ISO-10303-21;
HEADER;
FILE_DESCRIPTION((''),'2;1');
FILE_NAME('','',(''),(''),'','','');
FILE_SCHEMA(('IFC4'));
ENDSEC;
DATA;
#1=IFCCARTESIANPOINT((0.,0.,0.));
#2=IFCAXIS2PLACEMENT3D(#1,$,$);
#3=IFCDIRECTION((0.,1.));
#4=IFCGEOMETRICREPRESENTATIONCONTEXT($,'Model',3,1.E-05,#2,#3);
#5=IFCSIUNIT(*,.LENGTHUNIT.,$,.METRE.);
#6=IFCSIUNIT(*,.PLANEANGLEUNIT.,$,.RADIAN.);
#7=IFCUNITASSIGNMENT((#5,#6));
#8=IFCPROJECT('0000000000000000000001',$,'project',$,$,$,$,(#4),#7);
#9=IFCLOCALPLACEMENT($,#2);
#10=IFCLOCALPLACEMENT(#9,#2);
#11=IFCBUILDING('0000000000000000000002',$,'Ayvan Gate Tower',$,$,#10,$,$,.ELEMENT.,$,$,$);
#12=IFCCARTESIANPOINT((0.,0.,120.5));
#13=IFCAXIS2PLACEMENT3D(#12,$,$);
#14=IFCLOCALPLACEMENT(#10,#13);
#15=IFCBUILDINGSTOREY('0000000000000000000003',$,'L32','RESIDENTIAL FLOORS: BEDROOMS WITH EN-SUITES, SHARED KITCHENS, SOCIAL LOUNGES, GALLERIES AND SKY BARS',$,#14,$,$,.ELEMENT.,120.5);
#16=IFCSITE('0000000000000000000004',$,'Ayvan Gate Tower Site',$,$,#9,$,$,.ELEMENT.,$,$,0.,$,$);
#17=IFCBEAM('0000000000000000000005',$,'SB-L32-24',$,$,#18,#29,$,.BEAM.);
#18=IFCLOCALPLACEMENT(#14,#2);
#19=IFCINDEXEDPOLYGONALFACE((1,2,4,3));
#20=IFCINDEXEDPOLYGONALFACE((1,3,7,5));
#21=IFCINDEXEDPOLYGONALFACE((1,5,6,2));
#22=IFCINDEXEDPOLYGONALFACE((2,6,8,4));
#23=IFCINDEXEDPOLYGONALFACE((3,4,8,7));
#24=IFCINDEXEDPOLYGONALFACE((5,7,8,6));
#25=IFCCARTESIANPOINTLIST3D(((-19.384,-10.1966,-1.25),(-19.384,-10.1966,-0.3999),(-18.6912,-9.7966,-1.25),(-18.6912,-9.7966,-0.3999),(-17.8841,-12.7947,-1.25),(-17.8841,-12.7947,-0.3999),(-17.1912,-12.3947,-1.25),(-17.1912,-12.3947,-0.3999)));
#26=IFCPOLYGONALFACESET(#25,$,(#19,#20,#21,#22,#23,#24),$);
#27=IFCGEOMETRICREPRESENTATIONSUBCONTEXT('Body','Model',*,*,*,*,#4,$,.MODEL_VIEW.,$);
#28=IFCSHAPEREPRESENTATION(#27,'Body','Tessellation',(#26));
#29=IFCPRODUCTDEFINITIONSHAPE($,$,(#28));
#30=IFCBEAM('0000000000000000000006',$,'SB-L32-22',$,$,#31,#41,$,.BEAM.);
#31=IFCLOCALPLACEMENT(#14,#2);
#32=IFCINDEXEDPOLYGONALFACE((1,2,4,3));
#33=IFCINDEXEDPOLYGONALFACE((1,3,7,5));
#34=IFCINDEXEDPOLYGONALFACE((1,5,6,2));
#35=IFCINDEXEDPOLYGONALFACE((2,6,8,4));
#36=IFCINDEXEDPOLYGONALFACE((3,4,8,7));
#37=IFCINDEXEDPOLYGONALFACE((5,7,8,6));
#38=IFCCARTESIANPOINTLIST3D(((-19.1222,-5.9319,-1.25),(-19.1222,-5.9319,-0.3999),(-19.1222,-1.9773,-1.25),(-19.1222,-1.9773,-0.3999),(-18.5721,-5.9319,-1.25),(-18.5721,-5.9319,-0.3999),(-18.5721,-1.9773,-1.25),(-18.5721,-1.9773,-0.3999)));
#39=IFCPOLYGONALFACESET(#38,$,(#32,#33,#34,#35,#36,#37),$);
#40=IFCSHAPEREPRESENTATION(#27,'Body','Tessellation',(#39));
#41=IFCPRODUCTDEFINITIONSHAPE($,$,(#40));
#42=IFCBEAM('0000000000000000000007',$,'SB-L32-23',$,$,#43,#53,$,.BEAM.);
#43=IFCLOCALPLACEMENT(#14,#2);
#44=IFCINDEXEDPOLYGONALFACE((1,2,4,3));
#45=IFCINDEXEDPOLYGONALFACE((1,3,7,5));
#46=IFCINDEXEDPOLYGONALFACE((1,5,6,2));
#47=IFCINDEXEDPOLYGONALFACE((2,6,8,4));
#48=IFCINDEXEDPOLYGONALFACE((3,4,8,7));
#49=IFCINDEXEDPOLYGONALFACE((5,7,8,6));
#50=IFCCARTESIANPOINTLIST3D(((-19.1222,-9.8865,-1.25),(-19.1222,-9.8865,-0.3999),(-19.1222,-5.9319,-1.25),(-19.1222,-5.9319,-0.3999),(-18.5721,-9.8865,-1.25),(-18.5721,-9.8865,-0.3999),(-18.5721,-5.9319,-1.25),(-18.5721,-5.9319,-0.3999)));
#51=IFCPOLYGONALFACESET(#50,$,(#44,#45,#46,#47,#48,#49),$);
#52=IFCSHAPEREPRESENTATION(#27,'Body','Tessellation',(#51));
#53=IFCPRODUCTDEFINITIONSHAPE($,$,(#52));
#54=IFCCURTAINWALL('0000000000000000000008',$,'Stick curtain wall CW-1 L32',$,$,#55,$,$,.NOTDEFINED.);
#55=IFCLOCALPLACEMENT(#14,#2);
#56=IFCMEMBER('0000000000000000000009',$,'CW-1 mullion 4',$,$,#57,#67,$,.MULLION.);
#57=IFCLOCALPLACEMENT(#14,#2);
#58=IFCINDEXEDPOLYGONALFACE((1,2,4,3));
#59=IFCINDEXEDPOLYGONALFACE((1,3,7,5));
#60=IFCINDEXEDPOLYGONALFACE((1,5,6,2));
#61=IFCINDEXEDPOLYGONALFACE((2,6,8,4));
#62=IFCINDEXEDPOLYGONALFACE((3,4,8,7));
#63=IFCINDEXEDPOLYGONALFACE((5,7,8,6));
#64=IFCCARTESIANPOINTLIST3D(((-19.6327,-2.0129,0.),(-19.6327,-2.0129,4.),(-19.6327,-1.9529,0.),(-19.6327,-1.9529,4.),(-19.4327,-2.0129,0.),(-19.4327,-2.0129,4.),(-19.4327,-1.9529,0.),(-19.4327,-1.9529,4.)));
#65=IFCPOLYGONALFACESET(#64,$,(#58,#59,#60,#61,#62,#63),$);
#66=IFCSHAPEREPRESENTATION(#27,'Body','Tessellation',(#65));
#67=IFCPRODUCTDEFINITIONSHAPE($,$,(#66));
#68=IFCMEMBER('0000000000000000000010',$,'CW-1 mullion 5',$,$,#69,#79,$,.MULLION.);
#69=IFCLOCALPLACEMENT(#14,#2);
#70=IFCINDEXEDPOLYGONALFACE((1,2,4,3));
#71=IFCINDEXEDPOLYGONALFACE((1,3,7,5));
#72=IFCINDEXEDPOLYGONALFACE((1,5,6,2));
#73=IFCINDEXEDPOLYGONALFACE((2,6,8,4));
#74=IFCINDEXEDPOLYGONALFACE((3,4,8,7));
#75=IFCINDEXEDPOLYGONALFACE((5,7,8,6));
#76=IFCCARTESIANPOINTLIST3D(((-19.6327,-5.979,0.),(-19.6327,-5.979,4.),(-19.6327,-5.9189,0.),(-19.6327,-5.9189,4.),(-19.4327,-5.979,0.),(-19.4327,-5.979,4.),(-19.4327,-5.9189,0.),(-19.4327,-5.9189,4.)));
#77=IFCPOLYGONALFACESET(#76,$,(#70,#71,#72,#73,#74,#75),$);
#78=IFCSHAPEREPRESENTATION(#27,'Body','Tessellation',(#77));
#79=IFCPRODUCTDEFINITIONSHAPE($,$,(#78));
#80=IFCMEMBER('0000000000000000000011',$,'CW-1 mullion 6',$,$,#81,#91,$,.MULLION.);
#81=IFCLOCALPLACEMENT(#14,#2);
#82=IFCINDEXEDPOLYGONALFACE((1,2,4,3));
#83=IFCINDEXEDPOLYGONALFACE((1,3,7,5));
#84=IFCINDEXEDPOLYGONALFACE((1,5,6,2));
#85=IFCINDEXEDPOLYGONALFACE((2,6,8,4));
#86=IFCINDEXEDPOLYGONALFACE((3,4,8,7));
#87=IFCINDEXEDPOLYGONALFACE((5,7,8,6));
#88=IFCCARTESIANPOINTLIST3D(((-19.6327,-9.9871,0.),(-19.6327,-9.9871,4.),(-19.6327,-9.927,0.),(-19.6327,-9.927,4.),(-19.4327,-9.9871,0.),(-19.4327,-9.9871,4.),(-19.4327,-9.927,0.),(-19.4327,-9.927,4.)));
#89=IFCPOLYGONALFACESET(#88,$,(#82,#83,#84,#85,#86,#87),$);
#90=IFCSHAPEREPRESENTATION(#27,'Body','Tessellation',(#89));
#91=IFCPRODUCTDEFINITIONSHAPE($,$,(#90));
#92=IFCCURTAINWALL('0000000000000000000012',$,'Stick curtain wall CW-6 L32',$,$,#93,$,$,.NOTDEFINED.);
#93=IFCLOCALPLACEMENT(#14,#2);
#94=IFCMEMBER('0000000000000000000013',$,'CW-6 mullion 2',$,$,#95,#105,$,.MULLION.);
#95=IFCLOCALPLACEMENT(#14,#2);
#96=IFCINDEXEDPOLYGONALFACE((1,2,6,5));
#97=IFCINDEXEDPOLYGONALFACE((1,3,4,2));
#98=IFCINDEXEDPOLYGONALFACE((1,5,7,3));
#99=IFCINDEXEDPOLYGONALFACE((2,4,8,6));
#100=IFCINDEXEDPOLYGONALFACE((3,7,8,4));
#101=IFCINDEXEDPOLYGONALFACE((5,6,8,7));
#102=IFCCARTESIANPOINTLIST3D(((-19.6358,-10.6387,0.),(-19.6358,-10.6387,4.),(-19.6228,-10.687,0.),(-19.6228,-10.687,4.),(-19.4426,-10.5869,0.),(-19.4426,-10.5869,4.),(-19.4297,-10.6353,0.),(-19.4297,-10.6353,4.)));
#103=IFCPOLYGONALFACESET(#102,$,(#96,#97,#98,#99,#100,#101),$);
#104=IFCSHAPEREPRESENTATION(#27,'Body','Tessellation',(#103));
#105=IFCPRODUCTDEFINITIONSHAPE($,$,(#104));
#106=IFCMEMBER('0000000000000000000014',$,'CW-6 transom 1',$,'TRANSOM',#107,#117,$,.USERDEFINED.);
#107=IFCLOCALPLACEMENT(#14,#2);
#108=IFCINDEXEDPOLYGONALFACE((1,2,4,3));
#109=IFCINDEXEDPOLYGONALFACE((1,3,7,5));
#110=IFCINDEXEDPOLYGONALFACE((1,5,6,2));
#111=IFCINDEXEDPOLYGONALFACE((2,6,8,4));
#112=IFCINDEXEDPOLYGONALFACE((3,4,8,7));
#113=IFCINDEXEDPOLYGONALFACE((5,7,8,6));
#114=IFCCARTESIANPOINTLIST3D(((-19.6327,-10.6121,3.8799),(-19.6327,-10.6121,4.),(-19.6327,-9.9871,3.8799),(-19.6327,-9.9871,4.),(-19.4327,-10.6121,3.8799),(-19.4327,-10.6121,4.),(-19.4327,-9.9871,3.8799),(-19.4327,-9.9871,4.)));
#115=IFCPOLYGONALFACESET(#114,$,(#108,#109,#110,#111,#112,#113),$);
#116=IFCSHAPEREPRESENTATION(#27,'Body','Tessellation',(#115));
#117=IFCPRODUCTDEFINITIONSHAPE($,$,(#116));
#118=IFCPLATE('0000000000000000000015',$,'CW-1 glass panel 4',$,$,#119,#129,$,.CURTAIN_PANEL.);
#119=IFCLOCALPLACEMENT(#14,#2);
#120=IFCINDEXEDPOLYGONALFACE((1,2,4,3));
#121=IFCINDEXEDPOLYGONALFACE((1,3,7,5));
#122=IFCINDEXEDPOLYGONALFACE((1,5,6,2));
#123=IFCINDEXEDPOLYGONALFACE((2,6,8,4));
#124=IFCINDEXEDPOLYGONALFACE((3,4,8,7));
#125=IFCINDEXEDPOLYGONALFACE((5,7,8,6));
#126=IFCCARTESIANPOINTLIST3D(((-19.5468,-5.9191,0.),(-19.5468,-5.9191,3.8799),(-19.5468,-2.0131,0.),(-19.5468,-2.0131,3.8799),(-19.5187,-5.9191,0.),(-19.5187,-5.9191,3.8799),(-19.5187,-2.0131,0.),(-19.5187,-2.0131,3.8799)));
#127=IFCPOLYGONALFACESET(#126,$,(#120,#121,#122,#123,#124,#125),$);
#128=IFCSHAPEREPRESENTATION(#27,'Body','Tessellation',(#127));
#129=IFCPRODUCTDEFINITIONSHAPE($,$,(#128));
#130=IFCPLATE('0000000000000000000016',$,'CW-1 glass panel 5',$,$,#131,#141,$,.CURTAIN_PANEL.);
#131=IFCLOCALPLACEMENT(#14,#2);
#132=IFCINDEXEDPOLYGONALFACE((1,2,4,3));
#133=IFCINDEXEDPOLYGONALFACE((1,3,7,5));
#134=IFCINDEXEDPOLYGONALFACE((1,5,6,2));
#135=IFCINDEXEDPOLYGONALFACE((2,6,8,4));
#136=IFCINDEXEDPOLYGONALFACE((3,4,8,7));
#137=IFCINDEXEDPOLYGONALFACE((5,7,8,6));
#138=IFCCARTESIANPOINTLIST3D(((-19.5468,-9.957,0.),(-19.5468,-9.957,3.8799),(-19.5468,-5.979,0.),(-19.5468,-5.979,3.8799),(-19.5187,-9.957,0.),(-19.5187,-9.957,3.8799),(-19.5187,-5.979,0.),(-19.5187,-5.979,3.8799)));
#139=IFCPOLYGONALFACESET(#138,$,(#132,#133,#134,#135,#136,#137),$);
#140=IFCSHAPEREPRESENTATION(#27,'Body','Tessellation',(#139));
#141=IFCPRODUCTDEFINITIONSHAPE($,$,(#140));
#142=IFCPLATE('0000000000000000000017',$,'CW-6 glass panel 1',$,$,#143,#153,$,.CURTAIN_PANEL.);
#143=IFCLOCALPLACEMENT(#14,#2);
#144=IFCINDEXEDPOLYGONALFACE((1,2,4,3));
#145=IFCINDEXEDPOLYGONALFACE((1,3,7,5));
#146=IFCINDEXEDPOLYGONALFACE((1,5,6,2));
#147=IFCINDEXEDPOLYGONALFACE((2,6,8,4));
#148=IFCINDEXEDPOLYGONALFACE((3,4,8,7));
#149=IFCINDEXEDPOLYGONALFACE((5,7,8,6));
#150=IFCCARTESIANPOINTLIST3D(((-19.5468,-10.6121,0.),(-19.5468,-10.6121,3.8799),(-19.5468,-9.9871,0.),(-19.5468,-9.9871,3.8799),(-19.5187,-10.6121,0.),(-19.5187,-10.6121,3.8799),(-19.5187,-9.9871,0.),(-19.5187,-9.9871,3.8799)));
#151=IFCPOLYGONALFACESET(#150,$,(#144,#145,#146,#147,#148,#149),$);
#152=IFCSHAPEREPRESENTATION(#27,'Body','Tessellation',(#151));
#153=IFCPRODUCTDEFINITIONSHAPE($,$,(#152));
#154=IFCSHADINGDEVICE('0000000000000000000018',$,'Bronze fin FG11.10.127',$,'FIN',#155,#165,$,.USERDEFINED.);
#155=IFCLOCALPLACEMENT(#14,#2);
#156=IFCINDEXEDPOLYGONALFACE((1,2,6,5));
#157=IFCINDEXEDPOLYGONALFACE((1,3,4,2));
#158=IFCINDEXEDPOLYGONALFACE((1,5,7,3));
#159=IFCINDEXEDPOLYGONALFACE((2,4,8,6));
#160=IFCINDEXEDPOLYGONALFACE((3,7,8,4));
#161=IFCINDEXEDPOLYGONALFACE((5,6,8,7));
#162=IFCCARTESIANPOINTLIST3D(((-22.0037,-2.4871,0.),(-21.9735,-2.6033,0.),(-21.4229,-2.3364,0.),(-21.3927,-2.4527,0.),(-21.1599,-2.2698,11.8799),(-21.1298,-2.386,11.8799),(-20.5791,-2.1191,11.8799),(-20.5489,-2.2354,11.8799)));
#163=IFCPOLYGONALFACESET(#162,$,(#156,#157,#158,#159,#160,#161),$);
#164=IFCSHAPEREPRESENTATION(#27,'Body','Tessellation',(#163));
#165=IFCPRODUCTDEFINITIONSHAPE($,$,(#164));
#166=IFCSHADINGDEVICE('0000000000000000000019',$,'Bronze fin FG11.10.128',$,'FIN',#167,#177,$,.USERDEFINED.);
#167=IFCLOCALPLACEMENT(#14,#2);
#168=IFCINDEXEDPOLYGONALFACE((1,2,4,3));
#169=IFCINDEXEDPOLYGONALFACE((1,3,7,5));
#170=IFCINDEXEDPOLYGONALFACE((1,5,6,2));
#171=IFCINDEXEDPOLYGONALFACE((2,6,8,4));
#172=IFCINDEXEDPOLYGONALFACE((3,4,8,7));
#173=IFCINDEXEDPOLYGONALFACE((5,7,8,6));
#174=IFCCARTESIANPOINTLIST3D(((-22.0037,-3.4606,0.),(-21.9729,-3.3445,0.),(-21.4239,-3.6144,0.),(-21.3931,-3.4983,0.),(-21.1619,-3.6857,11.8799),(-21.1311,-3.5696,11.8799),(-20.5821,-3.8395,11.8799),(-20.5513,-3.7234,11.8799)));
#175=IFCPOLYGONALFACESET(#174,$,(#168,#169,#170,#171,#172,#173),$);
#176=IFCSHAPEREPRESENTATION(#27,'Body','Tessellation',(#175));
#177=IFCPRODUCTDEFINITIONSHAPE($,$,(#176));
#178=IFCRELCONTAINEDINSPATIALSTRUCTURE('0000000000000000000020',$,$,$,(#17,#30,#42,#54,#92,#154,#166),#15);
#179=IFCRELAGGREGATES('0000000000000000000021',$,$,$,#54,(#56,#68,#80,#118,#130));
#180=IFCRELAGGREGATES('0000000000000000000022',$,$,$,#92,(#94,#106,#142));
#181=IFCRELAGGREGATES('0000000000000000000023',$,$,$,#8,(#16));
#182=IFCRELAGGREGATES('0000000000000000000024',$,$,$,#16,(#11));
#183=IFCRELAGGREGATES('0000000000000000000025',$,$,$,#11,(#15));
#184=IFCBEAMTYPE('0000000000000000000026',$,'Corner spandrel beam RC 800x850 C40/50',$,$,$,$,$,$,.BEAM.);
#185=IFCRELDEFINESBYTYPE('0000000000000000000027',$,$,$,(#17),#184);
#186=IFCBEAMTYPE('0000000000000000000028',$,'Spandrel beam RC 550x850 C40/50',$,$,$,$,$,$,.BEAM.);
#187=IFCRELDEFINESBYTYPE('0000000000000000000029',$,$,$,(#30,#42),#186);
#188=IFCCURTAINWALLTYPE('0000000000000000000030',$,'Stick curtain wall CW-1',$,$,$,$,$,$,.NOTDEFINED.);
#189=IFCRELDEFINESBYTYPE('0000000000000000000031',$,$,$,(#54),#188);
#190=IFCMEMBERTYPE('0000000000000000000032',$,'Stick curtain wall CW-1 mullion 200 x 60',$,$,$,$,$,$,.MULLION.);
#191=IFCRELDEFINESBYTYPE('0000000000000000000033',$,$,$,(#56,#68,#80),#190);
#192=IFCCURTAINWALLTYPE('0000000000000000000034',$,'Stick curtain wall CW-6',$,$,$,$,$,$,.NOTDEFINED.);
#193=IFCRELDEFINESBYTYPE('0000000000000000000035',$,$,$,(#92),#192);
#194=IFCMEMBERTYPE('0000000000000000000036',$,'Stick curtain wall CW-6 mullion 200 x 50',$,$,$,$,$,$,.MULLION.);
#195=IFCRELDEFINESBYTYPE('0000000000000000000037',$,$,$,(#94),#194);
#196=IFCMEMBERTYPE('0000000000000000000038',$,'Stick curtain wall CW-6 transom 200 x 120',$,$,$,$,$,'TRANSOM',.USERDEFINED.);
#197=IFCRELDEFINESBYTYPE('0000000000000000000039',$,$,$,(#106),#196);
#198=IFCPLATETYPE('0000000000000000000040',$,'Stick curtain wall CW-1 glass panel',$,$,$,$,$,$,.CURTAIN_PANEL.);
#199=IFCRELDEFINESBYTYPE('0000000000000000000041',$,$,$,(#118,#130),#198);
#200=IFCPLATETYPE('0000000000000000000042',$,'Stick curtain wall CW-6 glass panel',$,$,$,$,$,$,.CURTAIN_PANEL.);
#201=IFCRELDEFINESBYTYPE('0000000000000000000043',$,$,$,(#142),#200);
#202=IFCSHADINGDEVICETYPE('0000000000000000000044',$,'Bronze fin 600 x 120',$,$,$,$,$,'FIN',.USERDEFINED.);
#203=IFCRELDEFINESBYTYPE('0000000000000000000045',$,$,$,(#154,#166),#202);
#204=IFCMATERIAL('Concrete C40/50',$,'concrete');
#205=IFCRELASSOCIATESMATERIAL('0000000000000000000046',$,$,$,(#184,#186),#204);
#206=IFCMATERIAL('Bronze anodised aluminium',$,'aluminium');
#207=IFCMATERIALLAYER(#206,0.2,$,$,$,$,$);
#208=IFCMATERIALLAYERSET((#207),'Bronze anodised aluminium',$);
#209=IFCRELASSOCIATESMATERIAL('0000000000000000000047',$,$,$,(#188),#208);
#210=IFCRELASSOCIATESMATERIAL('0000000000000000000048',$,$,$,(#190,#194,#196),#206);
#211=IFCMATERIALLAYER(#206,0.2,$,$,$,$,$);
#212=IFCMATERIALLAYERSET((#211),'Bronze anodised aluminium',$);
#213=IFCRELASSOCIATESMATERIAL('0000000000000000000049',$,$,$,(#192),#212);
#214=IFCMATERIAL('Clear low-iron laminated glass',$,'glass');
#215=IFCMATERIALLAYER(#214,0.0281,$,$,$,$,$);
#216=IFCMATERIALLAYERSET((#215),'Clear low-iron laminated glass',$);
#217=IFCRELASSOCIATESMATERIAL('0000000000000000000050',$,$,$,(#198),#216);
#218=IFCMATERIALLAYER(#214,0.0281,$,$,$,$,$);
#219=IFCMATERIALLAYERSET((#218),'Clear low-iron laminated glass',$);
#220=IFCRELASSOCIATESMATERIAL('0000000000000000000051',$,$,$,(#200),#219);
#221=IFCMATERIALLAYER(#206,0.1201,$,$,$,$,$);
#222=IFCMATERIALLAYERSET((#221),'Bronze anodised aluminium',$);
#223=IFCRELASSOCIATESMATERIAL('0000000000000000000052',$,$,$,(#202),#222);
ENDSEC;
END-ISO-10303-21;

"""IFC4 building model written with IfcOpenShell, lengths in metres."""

from ifc_helpers import new_model, si_unit, direction, frame, origin, origin_2d, place, context, subcontext, project, spatial, polyline, rectangle, outline, extrude, material, layer, layer_set, material_profile, profile_set, type_object, element, aggregate, save


model = new_model("IFC4")

# Units and contexts
model_context = context("Model", 3, precision=1e-05, world=origin(), true_north=direction((0.0, 1.0)))
body_context = subcontext(model_context, "Body", "Model", "MODEL_VIEW")
ifc_project = project(units=[si_unit("LENGTHUNIT", "METRE"), si_unit("PLANEANGLEUNIT", "RADIAN")], contexts=[model_context])

# Site, building, storey
site_placement = place(None, origin())
site = spatial("IfcSite", under=ifc_project, at=site_placement, Name="Ayvan Gate Tower Site", CompositionType="ELEMENT", RefElevation=0.0)
building_placement = place(site_placement, origin())
building = spatial("IfcBuilding", under=site, at=building_placement, Name="Ayvan Gate Tower", CompositionType="ELEMENT")
storey_placement = place(building_placement, frame((0.0, 0.0, 120.5)))
storey = spatial("IfcBuildingStorey", under=building, at=storey_placement, Name="L32", Description="RESIDENTIAL FLOORS: BEDROOMS WITH EN-SUITES, SHARED KITCHENS, SOCIAL LOUNGES, GALLERIES AND SKY BARS", CompositionType="ELEMENT", Elevation=120.5)

# Beams
ifc_material_1 = material(Name="Concrete C40/50", Category="concrete")
ifc_material_profile_1 = material_profile(ifc_material_1, rectangle(XDim=0.8, YDim=0.8501, at=origin_2d()), Name="RC 800x850")
ifc_profile_set_1 = profile_set([ifc_material_profile_1], Name="Concrete C40/50")
beam_type_1 = type_object("IfcBeamType", Name="Corner spandrel beam RC 800x850 C40/50", PredefinedType="BEAM", material=ifc_profile_set_1)
beam_placement = place(storey_placement, frame((-19.0376, -9.9966, -0.825), z_axis=(0.49999, -0.866031, 0.0), x_axis=(0.866031, 0.49999, 0.0)))
element("IfcBeam", 1, at=beam_placement, inside=storey, type_object=beam_type_1, Name="SB-L32-24", PredefinedType="BEAM", context=body_context, shape_type="SweptSolid", body=[
    extrude(rectangle(XDim=0.8, YDim=0.8501, at=origin_2d()), origin(), (0.0, 0.0, 1.0), 3.0),
])
ifc_material_profile_2 = material_profile(ifc_material_1, rectangle(XDim=0.55, YDim=0.8501, at=origin_2d()), Name="RC 550x850")
ifc_profile_set_2 = profile_set([ifc_material_profile_2], Name="Concrete C40/50")
beam_type_2 = type_object("IfcBeamType", Name="Spandrel beam RC 550x850 C40/50", PredefinedType="BEAM", material=ifc_profile_set_2)
for number, where, z_axis, x_axis, name in (
    (2, (-18.8472, -1.9773, -0.825), (0.0, -1.0, 0.0), (1.0, 0.0, 0.0), "SB-L32-22"),
    (3, (-18.8472, -5.9319, -0.825), (0.0, -1.0, 0.0), (1.0, 0.0, 0.0), "SB-L32-23"),
):
    element("IfcBeam", number, at=place(storey_placement, frame(where, z_axis=z_axis, x_axis=x_axis)), inside=storey, type_object=beam_type_2, Name=name, PredefinedType="BEAM", context=body_context, shape_type="SweptSolid", body=[
        extrude(rectangle(XDim=0.55, YDim=0.8501, at=origin_2d()), origin(), (0.0, 0.0, 1.0), 3.9546),
    ])

# Curtain walls, members
ifc_material_2 = material(Name="Bronze anodised aluminium", Category="aluminium")
ifc_layer_1 = layer(ifc_material_2, 0.2)
ifc_layer_set_1 = layer_set([ifc_layer_1], Name="Bronze anodised aluminium")
curtain_wall_type_1 = type_object("IfcCurtainWallType", Name="Stick curtain wall CW-1", PredefinedType="NOTDEFINED", material=ifc_layer_set_1)
curtain_wall_1_placement = place(storey_placement, origin())
curtain_wall_1 = element("IfcCurtainWall", 4, at=curtain_wall_1_placement, inside=storey, type_object=curtain_wall_type_1, Name="Stick curtain wall CW-1 L32", PredefinedType="NOTDEFINED")
ifc_material_profile_3 = material_profile(ifc_material_2, rectangle(XDim=0.2, YDim=0.0601, at=origin_2d()), Name="Stick curtain wall CW-1 mullion 200 x 60")
ifc_profile_set_3 = profile_set([ifc_material_profile_3], Name="Bronze anodised aluminium")
member_type_1 = type_object("IfcMemberType", Name="Stick curtain wall CW-1 mullion 200 x 60", PredefinedType="MULLION", material=ifc_profile_set_3)
member_1_placement = place(storey_placement, frame((-19.5327, -1.9829, 0.0), z_axis=(0.0, 0.0, 1.0), x_axis=(-1.0, 0.0, 0.0)))
member_1 = element("IfcMember", 5, at=member_1_placement, type_object=member_type_1, Name="CW-1 mullion 4", PredefinedType="MULLION", context=body_context, shape_type="SweptSolid", body=[
    extrude(rectangle(XDim=0.2, YDim=0.0601, at=origin_2d()), origin(), (0.0, 0.0, 1.0), 4.0),
])
member_2_placement = place(storey_placement, frame((-19.5327, -5.949, 0.0), z_axis=(0.0, 0.0, 1.0), x_axis=(-1.0, 0.0, 0.0)))
member_2 = element("IfcMember", 6, at=member_2_placement, type_object=member_type_1, Name="CW-1 mullion 5", PredefinedType="MULLION", context=body_context, shape_type="SweptSolid", body=[
    extrude(rectangle(XDim=0.2, YDim=0.0601, at=origin_2d()), origin(), (0.0, 0.0, 1.0), 4.0),
])
member_3_placement = place(storey_placement, frame((-19.5327, -9.957, 0.0), z_axis=(0.0, 0.0, 1.0), x_axis=(-1.0, 0.0, 0.0)))
member_3 = element("IfcMember", 7, at=member_3_placement, type_object=member_type_1, Name="CW-1 mullion 6", PredefinedType="MULLION", context=body_context, shape_type="SweptSolid", body=[
    extrude(rectangle(XDim=0.2, YDim=0.0601, at=origin_2d()), origin(), (0.0, 0.0, 1.0), 4.0),
])
ifc_layer_2 = layer(ifc_material_2, 0.2)
ifc_layer_set_2 = layer_set([ifc_layer_2], Name="Bronze anodised aluminium")
curtain_wall_type_2 = type_object("IfcCurtainWallType", Name="Stick curtain wall CW-6", PredefinedType="NOTDEFINED", material=ifc_layer_set_2)
curtain_wall_2_placement = place(storey_placement, origin())
curtain_wall_2 = element("IfcCurtainWall", 8, at=curtain_wall_2_placement, inside=storey, type_object=curtain_wall_type_2, Name="Stick curtain wall CW-6 L32", PredefinedType="NOTDEFINED")
ifc_material_profile_4 = material_profile(ifc_material_2, rectangle(XDim=0.2, YDim=0.05, at=origin_2d()), Name="Stick curtain wall CW-6 mullion 200 x 50")
ifc_profile_set_4 = profile_set([ifc_material_profile_4], Name="Bronze anodised aluminium")
member_type_2 = type_object("IfcMemberType", Name="Stick curtain wall CW-6 mullion 200 x 50", PredefinedType="MULLION", material=ifc_profile_set_4)
member_4_placement = place(storey_placement, frame((-19.5327, -10.637, 0.0), z_axis=(0.0, 0.0, 1.0), x_axis=(-0.965926, -0.258819, 0.0)))
member_4 = element("IfcMember", 9, at=member_4_placement, type_object=member_type_2, Name="CW-6 mullion 2", PredefinedType="MULLION", context=body_context, shape_type="SweptSolid", body=[
    extrude(rectangle(XDim=0.2, YDim=0.05, at=origin_2d()), origin(), (0.0, 0.0, 1.0), 4.0),
])
ifc_material_profile_5 = material_profile(ifc_material_2, rectangle(XDim=0.2, YDim=0.1201, at=origin_2d()), Name="Stick curtain wall CW-6 transom 200 x 120")
ifc_profile_set_5 = profile_set([ifc_material_profile_5], Name="Bronze anodised aluminium")
member_type_3 = type_object("IfcMemberType", Name="Stick curtain wall CW-6 transom 200 x 120", ElementType="TRANSOM", PredefinedType="USERDEFINED", material=ifc_profile_set_5)
member_5_placement = place(storey_placement, frame((-19.5327, -9.9871, 3.9399), z_axis=(0.0, -1.0, 0.0), x_axis=(1.0, 0.0, 0.0)))
member_5 = element("IfcMember", 10, at=member_5_placement, type_object=member_type_3, Name="CW-6 transom 1", ObjectType="TRANSOM", PredefinedType="USERDEFINED", context=body_context, shape_type="SweptSolid", body=[
    extrude(rectangle(XDim=0.2, YDim=0.1201, at=origin_2d()), origin(), (0.0, 0.0, 1.0), 0.625),
])

# Plates
ifc_material_3 = material(Name="Clear low-iron laminated glass", Category="glass")
ifc_layer_3 = layer(ifc_material_3, 0.0281)
ifc_layer_set_3 = layer_set([ifc_layer_3], Name="Clear low-iron laminated glass")
plate_type_1 = type_object("IfcPlateType", Name="Stick curtain wall CW-1 glass panel", PredefinedType="CURTAIN_PANEL", material=ifc_layer_set_3)
plate_1_placement = place(storey_placement, frame((-19.5327, -3.9661, 0.0), z_axis=(0.0, 0.0, 1.0), x_axis=(0.0, -1.0, 0.0)))
plate_1 = element("IfcPlate", 11, at=plate_1_placement, type_object=plate_type_1, Name="CW-1 glass panel 4", PredefinedType="CURTAIN_PANEL", context=body_context, shape_type="SweptSolid", body=[
    extrude(rectangle(XDim=3.906, YDim=0.0281, at=origin_2d()), origin(), (0.0, 0.0, 1.0), 3.8799),
])
plate_2_placement = place(storey_placement, frame((-19.5327, -7.968, 0.0), z_axis=(0.0, 0.0, 1.0), x_axis=(0.0, -1.0, 0.0)))
plate_2 = element("IfcPlate", 12, at=plate_2_placement, type_object=plate_type_1, Name="CW-1 glass panel 5", PredefinedType="CURTAIN_PANEL", context=body_context, shape_type="SweptSolid", body=[
    extrude(rectangle(XDim=3.978, YDim=0.0281, at=origin_2d()), origin(), (0.0, 0.0, 1.0), 3.8799),
])
aggregate(curtain_wall_1, [member_1, member_2, member_3, plate_1, plate_2])
ifc_layer_4 = layer(ifc_material_3, 0.0281)
ifc_layer_set_4 = layer_set([ifc_layer_4], Name="Clear low-iron laminated glass")
plate_type_2 = type_object("IfcPlateType", Name="Stick curtain wall CW-6 glass panel", PredefinedType="CURTAIN_PANEL", material=ifc_layer_set_4)
plate_3_placement = place(storey_placement, frame((-19.5327, -10.2996, 0.0), z_axis=(0.0, 0.0, 1.0), x_axis=(0.0, -1.0, 0.0)))
plate_3 = element("IfcPlate", 13, at=plate_3_placement, type_object=plate_type_2, Name="CW-6 glass panel 1", PredefinedType="CURTAIN_PANEL", context=body_context, shape_type="SweptSolid", body=[
    extrude(rectangle(XDim=0.625, YDim=0.0281, at=origin_2d()), origin(), (0.0, 0.0, 1.0), 3.8799),
])
aggregate(curtain_wall_2, [member_4, member_5, plate_3])

# Shading devices
ifc_layer_5 = layer(ifc_material_2, 0.1201)
ifc_layer_set_5 = layer_set([ifc_layer_5], Name="Bronze anodised aluminium")
shading_device_type = type_object("IfcShadingDeviceType", Name="Bronze fin 600 x 120", ElementType="FIN", PredefinedType="USERDEFINED", material=ifc_layer_set_5)
shading_device_1_placement = place(storey_placement, frame((-21.4229, -2.3364, 0.0), z_axis=(-0.251047, 0.967975, 0.000126), x_axis=(-0.967975, -0.251047, 0.0)))
element("IfcShadingDevice", 14, at=shading_device_1_placement, inside=storey, type_object=shading_device_type, Name="Bronze fin FG11.10.127", ObjectType="FIN", PredefinedType="USERDEFINED", context=body_context, shape_type="SweptSolid", body=[
    extrude(outline(polyline([(0.0, 0.0), (0.6, 0.0), (-0.2713, 11.8799), (-0.8713, 11.8799), (0.0, 0.0)])), origin(), (0.0, 0.0, -1.0), 0.1201),
])
shading_device_2_placement = place(storey_placement, frame((-21.3931, -3.4983, 0.0), z_axis=(0.256396, 0.966572, 0.000146), x_axis=(-0.966572, 0.256396, 0.0)))
element("IfcShadingDevice", 15, at=shading_device_2_placement, inside=storey, type_object=shading_device_type, Name="Bronze fin FG11.10.128", ObjectType="FIN", PredefinedType="USERDEFINED", context=body_context, shape_type="SweptSolid", body=[
    extrude(outline(polyline([(0.0, 0.0), (0.5999, 0.0), (-0.2715, 11.8799), (-0.8714, 11.8799), (0.0, 0.0)])), origin(), (0.0, 0.0, -1.0), 0.1201),
])

save(model, "model.ifc")
